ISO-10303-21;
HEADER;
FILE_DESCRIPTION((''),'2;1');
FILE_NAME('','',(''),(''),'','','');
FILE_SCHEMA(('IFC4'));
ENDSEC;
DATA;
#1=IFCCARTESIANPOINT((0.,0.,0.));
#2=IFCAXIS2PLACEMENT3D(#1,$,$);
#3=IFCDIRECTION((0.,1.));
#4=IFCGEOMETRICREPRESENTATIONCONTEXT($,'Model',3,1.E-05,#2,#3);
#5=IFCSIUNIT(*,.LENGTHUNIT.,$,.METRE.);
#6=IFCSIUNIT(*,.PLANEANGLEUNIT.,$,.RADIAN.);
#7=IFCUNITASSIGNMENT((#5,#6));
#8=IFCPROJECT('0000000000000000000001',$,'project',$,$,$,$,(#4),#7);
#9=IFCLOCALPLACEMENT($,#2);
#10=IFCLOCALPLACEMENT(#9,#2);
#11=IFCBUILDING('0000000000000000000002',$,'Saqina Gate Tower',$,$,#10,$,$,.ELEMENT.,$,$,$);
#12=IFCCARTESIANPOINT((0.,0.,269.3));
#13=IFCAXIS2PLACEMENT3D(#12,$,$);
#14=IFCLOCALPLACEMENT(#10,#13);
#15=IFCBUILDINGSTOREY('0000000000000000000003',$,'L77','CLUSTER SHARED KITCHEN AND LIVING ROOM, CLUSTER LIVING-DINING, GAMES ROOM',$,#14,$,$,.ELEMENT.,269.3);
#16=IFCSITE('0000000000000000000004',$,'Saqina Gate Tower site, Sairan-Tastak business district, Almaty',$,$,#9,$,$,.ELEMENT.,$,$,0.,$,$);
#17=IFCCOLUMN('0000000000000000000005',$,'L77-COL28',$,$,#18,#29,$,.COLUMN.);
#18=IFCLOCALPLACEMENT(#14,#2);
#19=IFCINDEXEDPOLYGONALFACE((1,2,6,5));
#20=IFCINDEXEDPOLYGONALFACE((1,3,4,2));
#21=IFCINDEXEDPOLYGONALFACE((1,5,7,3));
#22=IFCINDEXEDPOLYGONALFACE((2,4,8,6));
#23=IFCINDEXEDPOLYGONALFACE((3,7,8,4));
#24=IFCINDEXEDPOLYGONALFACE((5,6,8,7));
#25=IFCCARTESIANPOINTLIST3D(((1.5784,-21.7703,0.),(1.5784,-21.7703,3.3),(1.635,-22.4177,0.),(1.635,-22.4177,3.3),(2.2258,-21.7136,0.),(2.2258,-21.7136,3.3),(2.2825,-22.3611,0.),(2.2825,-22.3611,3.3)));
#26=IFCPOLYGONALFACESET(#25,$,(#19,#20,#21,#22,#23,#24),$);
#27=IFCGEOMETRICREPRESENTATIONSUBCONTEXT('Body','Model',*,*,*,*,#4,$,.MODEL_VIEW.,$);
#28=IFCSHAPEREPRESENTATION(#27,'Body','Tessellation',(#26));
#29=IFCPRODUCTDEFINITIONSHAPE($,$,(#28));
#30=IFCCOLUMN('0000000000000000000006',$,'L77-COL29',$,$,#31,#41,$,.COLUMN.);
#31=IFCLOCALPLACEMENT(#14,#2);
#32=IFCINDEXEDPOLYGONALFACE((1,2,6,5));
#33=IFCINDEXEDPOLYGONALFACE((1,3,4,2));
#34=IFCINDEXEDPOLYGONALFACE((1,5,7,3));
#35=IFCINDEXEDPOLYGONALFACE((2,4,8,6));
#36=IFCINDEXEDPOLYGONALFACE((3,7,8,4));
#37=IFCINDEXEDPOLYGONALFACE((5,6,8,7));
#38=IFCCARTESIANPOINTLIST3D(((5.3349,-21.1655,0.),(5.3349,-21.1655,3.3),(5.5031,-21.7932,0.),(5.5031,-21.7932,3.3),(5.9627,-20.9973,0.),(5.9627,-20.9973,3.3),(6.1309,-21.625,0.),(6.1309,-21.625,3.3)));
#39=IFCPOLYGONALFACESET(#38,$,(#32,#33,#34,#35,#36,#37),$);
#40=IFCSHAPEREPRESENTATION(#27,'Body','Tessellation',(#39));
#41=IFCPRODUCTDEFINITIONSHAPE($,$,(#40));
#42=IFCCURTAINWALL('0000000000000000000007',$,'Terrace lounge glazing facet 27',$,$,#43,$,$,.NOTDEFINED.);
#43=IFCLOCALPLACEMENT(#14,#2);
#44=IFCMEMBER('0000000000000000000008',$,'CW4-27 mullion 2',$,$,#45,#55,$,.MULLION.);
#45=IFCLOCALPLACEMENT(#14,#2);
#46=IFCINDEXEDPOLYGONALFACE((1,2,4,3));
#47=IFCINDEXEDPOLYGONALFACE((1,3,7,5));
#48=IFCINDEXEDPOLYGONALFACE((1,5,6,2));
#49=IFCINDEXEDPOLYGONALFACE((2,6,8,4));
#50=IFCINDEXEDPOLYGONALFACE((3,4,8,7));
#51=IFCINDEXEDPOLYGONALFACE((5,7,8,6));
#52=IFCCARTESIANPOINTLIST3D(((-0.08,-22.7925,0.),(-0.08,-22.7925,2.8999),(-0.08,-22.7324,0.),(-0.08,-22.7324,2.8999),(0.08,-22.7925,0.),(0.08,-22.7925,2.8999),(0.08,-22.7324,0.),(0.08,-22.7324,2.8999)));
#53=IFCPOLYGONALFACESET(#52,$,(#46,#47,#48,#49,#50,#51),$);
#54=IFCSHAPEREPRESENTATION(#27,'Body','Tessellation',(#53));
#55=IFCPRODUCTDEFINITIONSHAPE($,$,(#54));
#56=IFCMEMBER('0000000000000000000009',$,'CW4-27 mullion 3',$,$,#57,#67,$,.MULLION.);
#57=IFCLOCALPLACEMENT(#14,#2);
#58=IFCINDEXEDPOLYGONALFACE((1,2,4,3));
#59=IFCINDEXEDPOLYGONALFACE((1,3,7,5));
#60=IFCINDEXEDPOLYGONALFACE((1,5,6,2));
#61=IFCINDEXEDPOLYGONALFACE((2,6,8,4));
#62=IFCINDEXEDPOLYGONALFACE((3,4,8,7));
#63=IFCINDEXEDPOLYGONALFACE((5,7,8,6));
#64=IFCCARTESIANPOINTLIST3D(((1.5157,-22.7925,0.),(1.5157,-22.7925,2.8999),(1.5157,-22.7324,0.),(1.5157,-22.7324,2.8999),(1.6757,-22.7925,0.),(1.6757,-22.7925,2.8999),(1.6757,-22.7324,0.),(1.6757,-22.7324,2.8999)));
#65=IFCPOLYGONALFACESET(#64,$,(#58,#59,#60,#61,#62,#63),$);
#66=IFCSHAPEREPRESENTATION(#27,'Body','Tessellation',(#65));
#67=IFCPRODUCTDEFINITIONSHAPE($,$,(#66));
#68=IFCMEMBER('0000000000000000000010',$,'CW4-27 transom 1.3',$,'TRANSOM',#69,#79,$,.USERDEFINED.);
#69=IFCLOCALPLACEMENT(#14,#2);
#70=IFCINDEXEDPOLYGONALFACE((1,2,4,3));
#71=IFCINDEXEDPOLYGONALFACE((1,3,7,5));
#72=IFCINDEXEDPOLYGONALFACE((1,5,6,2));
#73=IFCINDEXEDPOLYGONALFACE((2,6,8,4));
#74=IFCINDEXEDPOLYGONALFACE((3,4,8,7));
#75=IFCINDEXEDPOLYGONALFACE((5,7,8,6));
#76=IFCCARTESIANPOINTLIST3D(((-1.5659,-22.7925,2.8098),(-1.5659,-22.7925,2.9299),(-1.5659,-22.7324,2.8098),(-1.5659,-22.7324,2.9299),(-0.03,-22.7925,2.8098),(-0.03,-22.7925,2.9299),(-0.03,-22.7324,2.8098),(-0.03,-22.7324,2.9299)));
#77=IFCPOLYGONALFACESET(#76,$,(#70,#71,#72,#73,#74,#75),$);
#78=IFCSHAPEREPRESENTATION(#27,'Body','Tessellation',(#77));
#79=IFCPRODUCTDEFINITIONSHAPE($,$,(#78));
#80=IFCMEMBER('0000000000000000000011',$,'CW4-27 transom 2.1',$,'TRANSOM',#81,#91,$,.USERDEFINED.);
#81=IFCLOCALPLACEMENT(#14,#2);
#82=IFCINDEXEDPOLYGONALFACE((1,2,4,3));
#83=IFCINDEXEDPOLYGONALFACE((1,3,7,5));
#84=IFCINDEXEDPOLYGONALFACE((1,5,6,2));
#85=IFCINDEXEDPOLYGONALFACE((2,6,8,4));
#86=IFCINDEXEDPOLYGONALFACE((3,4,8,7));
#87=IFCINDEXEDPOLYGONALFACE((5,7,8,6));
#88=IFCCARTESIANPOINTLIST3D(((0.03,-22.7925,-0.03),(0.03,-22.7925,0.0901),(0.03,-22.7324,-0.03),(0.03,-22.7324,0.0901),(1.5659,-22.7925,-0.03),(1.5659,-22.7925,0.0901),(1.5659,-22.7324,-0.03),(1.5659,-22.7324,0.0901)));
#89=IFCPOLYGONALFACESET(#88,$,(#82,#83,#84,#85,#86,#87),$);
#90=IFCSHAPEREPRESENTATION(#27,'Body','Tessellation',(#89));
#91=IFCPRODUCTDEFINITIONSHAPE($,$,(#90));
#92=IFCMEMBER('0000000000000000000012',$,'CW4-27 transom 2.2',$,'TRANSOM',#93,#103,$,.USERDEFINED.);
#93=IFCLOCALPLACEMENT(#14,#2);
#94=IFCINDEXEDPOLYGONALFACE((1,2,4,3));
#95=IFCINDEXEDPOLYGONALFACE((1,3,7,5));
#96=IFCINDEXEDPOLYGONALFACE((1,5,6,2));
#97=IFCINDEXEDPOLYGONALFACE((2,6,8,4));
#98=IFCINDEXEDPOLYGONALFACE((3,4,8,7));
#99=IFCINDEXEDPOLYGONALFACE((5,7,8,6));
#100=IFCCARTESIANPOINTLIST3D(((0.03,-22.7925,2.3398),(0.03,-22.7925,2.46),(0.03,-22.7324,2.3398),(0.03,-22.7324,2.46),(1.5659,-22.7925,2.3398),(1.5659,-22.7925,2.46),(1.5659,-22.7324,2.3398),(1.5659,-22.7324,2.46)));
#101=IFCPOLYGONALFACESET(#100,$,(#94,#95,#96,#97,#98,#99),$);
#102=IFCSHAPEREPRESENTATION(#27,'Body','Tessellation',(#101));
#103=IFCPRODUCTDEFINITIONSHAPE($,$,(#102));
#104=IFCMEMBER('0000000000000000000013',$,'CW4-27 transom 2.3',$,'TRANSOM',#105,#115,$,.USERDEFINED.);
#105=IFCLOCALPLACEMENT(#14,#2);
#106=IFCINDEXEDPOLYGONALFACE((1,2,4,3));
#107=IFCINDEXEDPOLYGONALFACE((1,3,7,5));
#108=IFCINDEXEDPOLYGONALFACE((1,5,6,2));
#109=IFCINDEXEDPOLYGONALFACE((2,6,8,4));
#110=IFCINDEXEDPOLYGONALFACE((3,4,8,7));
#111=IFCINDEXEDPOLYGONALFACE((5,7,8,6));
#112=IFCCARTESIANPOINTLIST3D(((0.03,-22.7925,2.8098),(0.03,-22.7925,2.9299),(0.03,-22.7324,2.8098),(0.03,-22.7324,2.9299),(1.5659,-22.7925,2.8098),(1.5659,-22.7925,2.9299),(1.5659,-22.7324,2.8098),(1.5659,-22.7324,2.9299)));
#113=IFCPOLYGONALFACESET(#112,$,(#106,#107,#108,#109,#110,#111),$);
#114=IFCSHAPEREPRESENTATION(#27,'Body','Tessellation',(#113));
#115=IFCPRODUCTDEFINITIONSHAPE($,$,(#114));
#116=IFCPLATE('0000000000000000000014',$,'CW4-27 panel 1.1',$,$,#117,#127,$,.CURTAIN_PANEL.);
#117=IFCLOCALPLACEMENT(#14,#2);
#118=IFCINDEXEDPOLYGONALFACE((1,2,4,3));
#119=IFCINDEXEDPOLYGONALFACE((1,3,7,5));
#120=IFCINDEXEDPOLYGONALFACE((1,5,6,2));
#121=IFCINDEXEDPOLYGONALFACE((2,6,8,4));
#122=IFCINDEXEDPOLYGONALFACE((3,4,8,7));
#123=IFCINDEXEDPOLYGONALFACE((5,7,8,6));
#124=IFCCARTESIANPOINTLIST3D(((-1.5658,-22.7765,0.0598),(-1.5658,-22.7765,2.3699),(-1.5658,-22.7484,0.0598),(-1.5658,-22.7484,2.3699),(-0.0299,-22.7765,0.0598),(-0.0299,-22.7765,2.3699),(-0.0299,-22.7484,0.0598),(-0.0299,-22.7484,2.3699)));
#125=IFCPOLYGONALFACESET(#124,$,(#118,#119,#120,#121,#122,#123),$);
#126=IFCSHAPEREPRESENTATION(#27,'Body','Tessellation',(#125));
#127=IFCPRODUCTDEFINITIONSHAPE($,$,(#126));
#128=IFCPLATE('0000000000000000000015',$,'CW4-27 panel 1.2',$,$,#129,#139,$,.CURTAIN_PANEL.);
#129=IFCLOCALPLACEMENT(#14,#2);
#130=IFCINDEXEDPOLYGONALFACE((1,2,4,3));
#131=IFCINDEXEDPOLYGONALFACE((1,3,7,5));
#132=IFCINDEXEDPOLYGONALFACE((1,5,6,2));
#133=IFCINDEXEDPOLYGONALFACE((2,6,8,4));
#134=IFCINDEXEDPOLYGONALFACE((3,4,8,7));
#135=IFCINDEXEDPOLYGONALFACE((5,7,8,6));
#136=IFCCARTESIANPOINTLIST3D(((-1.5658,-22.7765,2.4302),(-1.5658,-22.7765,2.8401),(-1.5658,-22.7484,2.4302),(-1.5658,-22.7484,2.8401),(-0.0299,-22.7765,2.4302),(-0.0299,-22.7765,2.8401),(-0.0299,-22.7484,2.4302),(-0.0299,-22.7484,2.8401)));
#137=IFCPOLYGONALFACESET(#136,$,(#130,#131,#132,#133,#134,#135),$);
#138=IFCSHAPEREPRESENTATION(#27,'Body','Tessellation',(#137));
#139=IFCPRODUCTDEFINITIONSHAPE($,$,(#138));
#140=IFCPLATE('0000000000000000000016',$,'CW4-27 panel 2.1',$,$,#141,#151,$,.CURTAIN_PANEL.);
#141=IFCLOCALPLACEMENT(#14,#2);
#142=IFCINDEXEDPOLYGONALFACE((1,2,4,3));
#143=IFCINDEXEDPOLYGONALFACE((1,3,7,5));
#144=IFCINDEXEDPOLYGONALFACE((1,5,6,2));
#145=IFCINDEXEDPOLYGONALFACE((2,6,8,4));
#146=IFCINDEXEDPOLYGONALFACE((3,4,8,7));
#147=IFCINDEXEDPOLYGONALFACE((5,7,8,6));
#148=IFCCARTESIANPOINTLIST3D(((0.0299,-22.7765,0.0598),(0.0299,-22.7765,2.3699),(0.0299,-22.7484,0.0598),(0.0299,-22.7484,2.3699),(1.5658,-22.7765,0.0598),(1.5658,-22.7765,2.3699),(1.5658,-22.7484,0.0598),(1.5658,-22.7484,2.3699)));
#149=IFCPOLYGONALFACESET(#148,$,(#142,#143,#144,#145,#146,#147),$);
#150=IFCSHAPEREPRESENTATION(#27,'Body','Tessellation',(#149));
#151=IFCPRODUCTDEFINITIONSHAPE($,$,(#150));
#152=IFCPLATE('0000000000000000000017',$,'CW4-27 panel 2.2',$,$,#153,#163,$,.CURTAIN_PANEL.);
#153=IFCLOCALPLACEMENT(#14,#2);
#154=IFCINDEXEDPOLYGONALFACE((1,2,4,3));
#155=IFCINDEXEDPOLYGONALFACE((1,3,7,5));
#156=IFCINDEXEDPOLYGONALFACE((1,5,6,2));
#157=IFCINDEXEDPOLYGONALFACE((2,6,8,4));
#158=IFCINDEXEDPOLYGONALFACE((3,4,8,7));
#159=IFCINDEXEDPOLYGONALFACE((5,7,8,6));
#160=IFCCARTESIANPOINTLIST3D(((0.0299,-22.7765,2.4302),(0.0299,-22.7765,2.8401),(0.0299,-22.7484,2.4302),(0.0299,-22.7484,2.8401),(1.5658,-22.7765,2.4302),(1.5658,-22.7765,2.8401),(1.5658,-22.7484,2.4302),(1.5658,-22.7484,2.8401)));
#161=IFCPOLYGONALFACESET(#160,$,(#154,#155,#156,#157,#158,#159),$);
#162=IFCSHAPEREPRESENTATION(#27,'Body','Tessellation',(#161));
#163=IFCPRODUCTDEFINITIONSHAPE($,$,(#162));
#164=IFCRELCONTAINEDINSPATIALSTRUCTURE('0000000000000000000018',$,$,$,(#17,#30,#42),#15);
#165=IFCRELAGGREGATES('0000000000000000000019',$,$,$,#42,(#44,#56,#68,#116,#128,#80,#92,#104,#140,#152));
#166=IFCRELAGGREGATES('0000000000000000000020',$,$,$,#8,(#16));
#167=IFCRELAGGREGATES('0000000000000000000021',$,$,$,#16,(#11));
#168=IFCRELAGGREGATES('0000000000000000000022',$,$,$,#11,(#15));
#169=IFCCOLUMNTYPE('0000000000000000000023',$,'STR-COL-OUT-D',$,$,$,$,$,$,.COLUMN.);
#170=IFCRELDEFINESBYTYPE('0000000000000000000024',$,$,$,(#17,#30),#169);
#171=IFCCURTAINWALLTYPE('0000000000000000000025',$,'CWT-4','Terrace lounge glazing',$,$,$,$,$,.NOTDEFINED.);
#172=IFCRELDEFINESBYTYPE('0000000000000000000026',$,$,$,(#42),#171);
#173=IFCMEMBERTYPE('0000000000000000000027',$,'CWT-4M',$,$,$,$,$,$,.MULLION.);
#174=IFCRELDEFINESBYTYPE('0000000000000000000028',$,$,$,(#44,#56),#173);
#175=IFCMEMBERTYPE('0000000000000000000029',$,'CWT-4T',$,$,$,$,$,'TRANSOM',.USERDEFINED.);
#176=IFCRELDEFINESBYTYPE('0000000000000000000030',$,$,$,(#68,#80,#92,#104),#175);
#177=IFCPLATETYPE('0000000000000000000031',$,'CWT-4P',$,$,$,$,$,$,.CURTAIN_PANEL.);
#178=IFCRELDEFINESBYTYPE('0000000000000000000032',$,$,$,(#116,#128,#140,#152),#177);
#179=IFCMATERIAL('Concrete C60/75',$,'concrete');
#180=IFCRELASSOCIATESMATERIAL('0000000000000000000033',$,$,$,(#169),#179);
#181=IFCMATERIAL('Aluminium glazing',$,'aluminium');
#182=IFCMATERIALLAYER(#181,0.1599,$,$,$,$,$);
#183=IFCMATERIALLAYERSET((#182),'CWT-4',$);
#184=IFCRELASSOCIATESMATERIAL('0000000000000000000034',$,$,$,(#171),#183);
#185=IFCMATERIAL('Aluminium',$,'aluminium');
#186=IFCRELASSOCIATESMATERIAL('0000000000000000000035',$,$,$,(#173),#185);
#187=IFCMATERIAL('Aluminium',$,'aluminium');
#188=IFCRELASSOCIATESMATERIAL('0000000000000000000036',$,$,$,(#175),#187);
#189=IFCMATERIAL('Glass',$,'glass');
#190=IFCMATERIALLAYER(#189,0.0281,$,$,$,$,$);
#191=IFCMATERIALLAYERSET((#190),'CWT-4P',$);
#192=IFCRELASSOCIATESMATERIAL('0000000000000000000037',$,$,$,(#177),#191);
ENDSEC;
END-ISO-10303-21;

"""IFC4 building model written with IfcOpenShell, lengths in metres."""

from ifc_helpers import new_model, si_unit, direction, frame, origin, origin_2d, place, context, subcontext, project, spatial, rectangle, extrude, material, layer, layer_set, material_profile, profile_set, type_object, element, aggregate, save


model = new_model("IFC4")

# Units and contexts
model_context = context("Model", 3, precision=1e-05, world=origin(), true_north=direction((0.0, 1.0)))
body_context = subcontext(model_context, "Body", "Model", "MODEL_VIEW")
ifc_project = project(units=[si_unit("LENGTHUNIT", "METRE"), si_unit("PLANEANGLEUNIT", "RADIAN")], contexts=[model_context])

# Site, building, storey
site_placement = place(None, origin())
site = spatial("IfcSite", under=ifc_project, at=site_placement, Name="Saqina Gate Tower site, Sairan-Tastak business district, Almaty", CompositionType="ELEMENT", RefElevation=0.0)
building_placement = place(site_placement, origin())
building = spatial("IfcBuilding", under=site, at=building_placement, Name="Saqina Gate Tower", CompositionType="ELEMENT")
storey_placement = place(building_placement, frame((0.0, 0.0, 269.3)))
storey = spatial("IfcBuildingStorey", under=building, at=storey_placement, Name="L77", Description="CLUSTER SHARED KITCHEN AND LIVING ROOM, CLUSTER LIVING-DINING, GAMES ROOM", CompositionType="ELEMENT", Elevation=269.3)

# Columns
ifc_material_1 = material(Name="Concrete C60/75", Category="concrete")
ifc_material_profile_1 = material_profile(ifc_material_1, rectangle(XDim=0.6499, YDim=0.6499, at=origin_2d()), Name="RC 650x650")
ifc_profile_set_1 = profile_set([ifc_material_profile_1], Name="Concrete C60/75")
column_type = type_object("IfcColumnType", Name="STR-COL-OUT-D", PredefinedType="COLUMN", material=ifc_profile_set_1)
for number, where, z_axis, x_axis, name in (
    (1, (1.9304, -22.0657, 0.0), (0.0, 0.0, 1.0), (0.087156, -0.996195, 0.0), "L77-COL28"),
    (2, (5.7329, -21.3953, 0.0), (0.0, 0.0, 1.0), (0.258819, -0.965926, 0.0), "L77-COL29"),
):
    element("IfcColumn", number, at=place(storey_placement, frame(where, z_axis=z_axis, x_axis=x_axis)), inside=storey, type_object=column_type, Name=name, PredefinedType="COLUMN", context=body_context, shape_type="SweptSolid", body=[
        extrude(rectangle(XDim=0.6499, YDim=0.6499, at=origin_2d()), origin(), (0.0, 0.0, 1.0), 3.3),
    ])

# Curtain wall, members, plates
ifc_material_2 = material(Name="Aluminium glazing", Category="aluminium")
ifc_layer_1 = layer(ifc_material_2, 0.1599)
ifc_layer_set_1 = layer_set([ifc_layer_1], Name="CWT-4")
curtain_wall_type = type_object("IfcCurtainWallType", Name="CWT-4", Description="Terrace lounge glazing", PredefinedType="NOTDEFINED", material=ifc_layer_set_1)
curtain_wall_placement = place(storey_placement, origin())
curtain_wall = element("IfcCurtainWall", 3, at=curtain_wall_placement, inside=storey, type_object=curtain_wall_type, Name="Terrace lounge glazing facet 27", PredefinedType="NOTDEFINED")
ifc_material_3 = material(Name="Aluminium", Category="aluminium")
ifc_material_profile_2 = material_profile(ifc_material_3, rectangle(XDim=0.0601, YDim=0.1599, at=origin_2d()), Name="Aluminium 60x160")
ifc_profile_set_2 = profile_set([ifc_material_profile_2], Name="Aluminium")
member_type_1 = type_object("IfcMemberType", Name="CWT-4M", PredefinedType="MULLION", material=ifc_profile_set_2)
member_1_placement = place(storey_placement, frame((0.0, -22.7625, 0.0), z_axis=(0.0, 0.0, 1.0), x_axis=(0.0, 1.0, 0.0)))
member_1 = element("IfcMember", 4, at=member_1_placement, type_object=member_type_1, Name="CW4-27 mullion 2", PredefinedType="MULLION", context=body_context, shape_type="SweptSolid", body=[
    extrude(rectangle(XDim=0.0601, YDim=0.1599, at=origin_2d()), origin(), (0.0, 0.0, 1.0), 2.8999),
])
member_2_placement = place(storey_placement, frame((1.5957, -22.7625, 0.0), z_axis=(0.0, 0.0, 1.0), x_axis=(0.0, 1.0, 0.0)))
member_2 = element("IfcMember", 5, at=member_2_placement, type_object=member_type_1, Name="CW4-27 mullion 3", PredefinedType="MULLION", context=body_context, shape_type="SweptSolid", body=[
    extrude(rectangle(XDim=0.0601, YDim=0.1599, at=origin_2d()), origin(), (0.0, 0.0, 1.0), 2.8999),
])
ifc_material_4 = material(Name="Aluminium", Category="aluminium")
ifc_material_profile_3 = material_profile(ifc_material_4, rectangle(XDim=0.0601, YDim=0.1201, at=origin_2d()), Name="Aluminium 60x120")
ifc_profile_set_3 = profile_set([ifc_material_profile_3], Name="Aluminium")
member_type_2 = type_object("IfcMemberType", Name="CWT-4T", ElementType="TRANSOM", PredefinedType="USERDEFINED", material=ifc_profile_set_3)
member_3_placement = place(storey_placement, frame((-1.5659, -22.7625, 2.8699), z_axis=(1.0, 0.0, 0.0), x_axis=(0.0, 1.0, 0.0)))
member_3 = element("IfcMember", 6, at=member_3_placement, type_object=member_type_2, Name="CW4-27 transom 1.3", ObjectType="TRANSOM", PredefinedType="USERDEFINED", context=body_context, shape_type="SweptSolid", body=[
    extrude(rectangle(XDim=0.0601, YDim=0.1201, at=origin_2d()), origin(), (0.0, 0.0, 1.0), 1.5359),
])
member_4_placement = place(storey_placement, frame((0.03, -22.7625, 0.03), z_axis=(1.0, 0.0, 0.0), x_axis=(0.0, 1.0, 0.0)))
member_4 = element("IfcMember", 7, at=member_4_placement, type_object=member_type_2, Name="CW4-27 transom 2.1", ObjectType="TRANSOM", PredefinedType="USERDEFINED", context=body_context, shape_type="SweptSolid", body=[
    extrude(rectangle(XDim=0.0601, YDim=0.1201, at=origin_2d()), origin(), (0.0, 0.0, 1.0), 1.5359),
])
member_5_placement = place(storey_placement, frame((0.03, -22.7625, 2.3999), z_axis=(1.0, 0.0, 0.0), x_axis=(0.0, 1.0, 0.0)))
member_5 = element("IfcMember", 8, at=member_5_placement, type_object=member_type_2, Name="CW4-27 transom 2.2", ObjectType="TRANSOM", PredefinedType="USERDEFINED", context=body_context, shape_type="SweptSolid", body=[
    extrude(rectangle(XDim=0.0601, YDim=0.1201, at=origin_2d()), origin(), (0.0, 0.0, 1.0), 1.5359),
])
member_6_placement = place(storey_placement, frame((0.03, -22.7625, 2.8699), z_axis=(1.0, 0.0, 0.0), x_axis=(0.0, 1.0, 0.0)))
member_6 = element("IfcMember", 9, at=member_6_placement, type_object=member_type_2, Name="CW4-27 transom 2.3", ObjectType="TRANSOM", PredefinedType="USERDEFINED", context=body_context, shape_type="SweptSolid", body=[
    extrude(rectangle(XDim=0.0601, YDim=0.1201, at=origin_2d()), origin(), (0.0, 0.0, 1.0), 1.5359),
])
ifc_material_5 = material(Name="Glass", Category="glass")
ifc_layer_2 = layer(ifc_material_5, 0.0281)
ifc_layer_set_2 = layer_set([ifc_layer_2], Name="CWT-4P")
plate_type = type_object("IfcPlateType", Name="CWT-4P", PredefinedType="CURTAIN_PANEL", material=ifc_layer_set_2)
plate_1_placement = place(storey_placement, frame((-0.7979, -22.7625, 0.0598), z_axis=(0.0, 0.0, 1.0), x_axis=(1.0, 0.0, 0.0)))
plate_1 = element("IfcPlate", 10, at=plate_1_placement, type_object=plate_type, Name="CW4-27 panel 1.1", PredefinedType="CURTAIN_PANEL", context=body_context, shape_type="SweptSolid", body=[
    extrude(rectangle(XDim=1.5359, YDim=0.0281, at=origin_2d()), origin(), (0.0, 0.0, 1.0), 2.3101),
])
plate_2_placement = place(storey_placement, frame((-0.7979, -22.7625, 2.4302), z_axis=(0.0, 0.0, 1.0), x_axis=(1.0, 0.0, 0.0)))
plate_2 = element("IfcPlate", 11, at=plate_2_placement, type_object=plate_type, Name="CW4-27 panel 1.2", PredefinedType="CURTAIN_PANEL", context=body_context, shape_type="SweptSolid", body=[
    extrude(rectangle(XDim=1.5359, YDim=0.0281, at=origin_2d()), origin(), (0.0, 0.0, 1.0), 0.4099),
])
plate_3_placement = place(storey_placement, frame((0.7979, -22.7625, 0.0598), z_axis=(0.0, 0.0, 1.0), x_axis=(1.0, 0.0, 0.0)))
plate_3 = element("IfcPlate", 12, at=plate_3_placement, type_object=plate_type, Name="CW4-27 panel 2.1", PredefinedType="CURTAIN_PANEL", context=body_context, shape_type="SweptSolid", body=[
    extrude(rectangle(XDim=1.5359, YDim=0.0281, at=origin_2d()), origin(), (0.0, 0.0, 1.0), 2.3101),
])
plate_4_placement = place(storey_placement, frame((0.7979, -22.7625, 2.4302), z_axis=(0.0, 0.0, 1.0), x_axis=(1.0, 0.0, 0.0)))
plate_4 = element("IfcPlate", 13, at=plate_4_placement, type_object=plate_type, Name="CW4-27 panel 2.2", PredefinedType="CURTAIN_PANEL", context=body_context, shape_type="SweptSolid", body=[
    extrude(rectangle(XDim=1.5359, YDim=0.0281, at=origin_2d()), origin(), (0.0, 0.0, 1.0), 0.4099),
])
aggregate(curtain_wall, [member_1, member_2, member_3, plate_1, plate_2, member_4, member_5, member_6, plate_3, plate_4])

save(model, "model.ifc")
